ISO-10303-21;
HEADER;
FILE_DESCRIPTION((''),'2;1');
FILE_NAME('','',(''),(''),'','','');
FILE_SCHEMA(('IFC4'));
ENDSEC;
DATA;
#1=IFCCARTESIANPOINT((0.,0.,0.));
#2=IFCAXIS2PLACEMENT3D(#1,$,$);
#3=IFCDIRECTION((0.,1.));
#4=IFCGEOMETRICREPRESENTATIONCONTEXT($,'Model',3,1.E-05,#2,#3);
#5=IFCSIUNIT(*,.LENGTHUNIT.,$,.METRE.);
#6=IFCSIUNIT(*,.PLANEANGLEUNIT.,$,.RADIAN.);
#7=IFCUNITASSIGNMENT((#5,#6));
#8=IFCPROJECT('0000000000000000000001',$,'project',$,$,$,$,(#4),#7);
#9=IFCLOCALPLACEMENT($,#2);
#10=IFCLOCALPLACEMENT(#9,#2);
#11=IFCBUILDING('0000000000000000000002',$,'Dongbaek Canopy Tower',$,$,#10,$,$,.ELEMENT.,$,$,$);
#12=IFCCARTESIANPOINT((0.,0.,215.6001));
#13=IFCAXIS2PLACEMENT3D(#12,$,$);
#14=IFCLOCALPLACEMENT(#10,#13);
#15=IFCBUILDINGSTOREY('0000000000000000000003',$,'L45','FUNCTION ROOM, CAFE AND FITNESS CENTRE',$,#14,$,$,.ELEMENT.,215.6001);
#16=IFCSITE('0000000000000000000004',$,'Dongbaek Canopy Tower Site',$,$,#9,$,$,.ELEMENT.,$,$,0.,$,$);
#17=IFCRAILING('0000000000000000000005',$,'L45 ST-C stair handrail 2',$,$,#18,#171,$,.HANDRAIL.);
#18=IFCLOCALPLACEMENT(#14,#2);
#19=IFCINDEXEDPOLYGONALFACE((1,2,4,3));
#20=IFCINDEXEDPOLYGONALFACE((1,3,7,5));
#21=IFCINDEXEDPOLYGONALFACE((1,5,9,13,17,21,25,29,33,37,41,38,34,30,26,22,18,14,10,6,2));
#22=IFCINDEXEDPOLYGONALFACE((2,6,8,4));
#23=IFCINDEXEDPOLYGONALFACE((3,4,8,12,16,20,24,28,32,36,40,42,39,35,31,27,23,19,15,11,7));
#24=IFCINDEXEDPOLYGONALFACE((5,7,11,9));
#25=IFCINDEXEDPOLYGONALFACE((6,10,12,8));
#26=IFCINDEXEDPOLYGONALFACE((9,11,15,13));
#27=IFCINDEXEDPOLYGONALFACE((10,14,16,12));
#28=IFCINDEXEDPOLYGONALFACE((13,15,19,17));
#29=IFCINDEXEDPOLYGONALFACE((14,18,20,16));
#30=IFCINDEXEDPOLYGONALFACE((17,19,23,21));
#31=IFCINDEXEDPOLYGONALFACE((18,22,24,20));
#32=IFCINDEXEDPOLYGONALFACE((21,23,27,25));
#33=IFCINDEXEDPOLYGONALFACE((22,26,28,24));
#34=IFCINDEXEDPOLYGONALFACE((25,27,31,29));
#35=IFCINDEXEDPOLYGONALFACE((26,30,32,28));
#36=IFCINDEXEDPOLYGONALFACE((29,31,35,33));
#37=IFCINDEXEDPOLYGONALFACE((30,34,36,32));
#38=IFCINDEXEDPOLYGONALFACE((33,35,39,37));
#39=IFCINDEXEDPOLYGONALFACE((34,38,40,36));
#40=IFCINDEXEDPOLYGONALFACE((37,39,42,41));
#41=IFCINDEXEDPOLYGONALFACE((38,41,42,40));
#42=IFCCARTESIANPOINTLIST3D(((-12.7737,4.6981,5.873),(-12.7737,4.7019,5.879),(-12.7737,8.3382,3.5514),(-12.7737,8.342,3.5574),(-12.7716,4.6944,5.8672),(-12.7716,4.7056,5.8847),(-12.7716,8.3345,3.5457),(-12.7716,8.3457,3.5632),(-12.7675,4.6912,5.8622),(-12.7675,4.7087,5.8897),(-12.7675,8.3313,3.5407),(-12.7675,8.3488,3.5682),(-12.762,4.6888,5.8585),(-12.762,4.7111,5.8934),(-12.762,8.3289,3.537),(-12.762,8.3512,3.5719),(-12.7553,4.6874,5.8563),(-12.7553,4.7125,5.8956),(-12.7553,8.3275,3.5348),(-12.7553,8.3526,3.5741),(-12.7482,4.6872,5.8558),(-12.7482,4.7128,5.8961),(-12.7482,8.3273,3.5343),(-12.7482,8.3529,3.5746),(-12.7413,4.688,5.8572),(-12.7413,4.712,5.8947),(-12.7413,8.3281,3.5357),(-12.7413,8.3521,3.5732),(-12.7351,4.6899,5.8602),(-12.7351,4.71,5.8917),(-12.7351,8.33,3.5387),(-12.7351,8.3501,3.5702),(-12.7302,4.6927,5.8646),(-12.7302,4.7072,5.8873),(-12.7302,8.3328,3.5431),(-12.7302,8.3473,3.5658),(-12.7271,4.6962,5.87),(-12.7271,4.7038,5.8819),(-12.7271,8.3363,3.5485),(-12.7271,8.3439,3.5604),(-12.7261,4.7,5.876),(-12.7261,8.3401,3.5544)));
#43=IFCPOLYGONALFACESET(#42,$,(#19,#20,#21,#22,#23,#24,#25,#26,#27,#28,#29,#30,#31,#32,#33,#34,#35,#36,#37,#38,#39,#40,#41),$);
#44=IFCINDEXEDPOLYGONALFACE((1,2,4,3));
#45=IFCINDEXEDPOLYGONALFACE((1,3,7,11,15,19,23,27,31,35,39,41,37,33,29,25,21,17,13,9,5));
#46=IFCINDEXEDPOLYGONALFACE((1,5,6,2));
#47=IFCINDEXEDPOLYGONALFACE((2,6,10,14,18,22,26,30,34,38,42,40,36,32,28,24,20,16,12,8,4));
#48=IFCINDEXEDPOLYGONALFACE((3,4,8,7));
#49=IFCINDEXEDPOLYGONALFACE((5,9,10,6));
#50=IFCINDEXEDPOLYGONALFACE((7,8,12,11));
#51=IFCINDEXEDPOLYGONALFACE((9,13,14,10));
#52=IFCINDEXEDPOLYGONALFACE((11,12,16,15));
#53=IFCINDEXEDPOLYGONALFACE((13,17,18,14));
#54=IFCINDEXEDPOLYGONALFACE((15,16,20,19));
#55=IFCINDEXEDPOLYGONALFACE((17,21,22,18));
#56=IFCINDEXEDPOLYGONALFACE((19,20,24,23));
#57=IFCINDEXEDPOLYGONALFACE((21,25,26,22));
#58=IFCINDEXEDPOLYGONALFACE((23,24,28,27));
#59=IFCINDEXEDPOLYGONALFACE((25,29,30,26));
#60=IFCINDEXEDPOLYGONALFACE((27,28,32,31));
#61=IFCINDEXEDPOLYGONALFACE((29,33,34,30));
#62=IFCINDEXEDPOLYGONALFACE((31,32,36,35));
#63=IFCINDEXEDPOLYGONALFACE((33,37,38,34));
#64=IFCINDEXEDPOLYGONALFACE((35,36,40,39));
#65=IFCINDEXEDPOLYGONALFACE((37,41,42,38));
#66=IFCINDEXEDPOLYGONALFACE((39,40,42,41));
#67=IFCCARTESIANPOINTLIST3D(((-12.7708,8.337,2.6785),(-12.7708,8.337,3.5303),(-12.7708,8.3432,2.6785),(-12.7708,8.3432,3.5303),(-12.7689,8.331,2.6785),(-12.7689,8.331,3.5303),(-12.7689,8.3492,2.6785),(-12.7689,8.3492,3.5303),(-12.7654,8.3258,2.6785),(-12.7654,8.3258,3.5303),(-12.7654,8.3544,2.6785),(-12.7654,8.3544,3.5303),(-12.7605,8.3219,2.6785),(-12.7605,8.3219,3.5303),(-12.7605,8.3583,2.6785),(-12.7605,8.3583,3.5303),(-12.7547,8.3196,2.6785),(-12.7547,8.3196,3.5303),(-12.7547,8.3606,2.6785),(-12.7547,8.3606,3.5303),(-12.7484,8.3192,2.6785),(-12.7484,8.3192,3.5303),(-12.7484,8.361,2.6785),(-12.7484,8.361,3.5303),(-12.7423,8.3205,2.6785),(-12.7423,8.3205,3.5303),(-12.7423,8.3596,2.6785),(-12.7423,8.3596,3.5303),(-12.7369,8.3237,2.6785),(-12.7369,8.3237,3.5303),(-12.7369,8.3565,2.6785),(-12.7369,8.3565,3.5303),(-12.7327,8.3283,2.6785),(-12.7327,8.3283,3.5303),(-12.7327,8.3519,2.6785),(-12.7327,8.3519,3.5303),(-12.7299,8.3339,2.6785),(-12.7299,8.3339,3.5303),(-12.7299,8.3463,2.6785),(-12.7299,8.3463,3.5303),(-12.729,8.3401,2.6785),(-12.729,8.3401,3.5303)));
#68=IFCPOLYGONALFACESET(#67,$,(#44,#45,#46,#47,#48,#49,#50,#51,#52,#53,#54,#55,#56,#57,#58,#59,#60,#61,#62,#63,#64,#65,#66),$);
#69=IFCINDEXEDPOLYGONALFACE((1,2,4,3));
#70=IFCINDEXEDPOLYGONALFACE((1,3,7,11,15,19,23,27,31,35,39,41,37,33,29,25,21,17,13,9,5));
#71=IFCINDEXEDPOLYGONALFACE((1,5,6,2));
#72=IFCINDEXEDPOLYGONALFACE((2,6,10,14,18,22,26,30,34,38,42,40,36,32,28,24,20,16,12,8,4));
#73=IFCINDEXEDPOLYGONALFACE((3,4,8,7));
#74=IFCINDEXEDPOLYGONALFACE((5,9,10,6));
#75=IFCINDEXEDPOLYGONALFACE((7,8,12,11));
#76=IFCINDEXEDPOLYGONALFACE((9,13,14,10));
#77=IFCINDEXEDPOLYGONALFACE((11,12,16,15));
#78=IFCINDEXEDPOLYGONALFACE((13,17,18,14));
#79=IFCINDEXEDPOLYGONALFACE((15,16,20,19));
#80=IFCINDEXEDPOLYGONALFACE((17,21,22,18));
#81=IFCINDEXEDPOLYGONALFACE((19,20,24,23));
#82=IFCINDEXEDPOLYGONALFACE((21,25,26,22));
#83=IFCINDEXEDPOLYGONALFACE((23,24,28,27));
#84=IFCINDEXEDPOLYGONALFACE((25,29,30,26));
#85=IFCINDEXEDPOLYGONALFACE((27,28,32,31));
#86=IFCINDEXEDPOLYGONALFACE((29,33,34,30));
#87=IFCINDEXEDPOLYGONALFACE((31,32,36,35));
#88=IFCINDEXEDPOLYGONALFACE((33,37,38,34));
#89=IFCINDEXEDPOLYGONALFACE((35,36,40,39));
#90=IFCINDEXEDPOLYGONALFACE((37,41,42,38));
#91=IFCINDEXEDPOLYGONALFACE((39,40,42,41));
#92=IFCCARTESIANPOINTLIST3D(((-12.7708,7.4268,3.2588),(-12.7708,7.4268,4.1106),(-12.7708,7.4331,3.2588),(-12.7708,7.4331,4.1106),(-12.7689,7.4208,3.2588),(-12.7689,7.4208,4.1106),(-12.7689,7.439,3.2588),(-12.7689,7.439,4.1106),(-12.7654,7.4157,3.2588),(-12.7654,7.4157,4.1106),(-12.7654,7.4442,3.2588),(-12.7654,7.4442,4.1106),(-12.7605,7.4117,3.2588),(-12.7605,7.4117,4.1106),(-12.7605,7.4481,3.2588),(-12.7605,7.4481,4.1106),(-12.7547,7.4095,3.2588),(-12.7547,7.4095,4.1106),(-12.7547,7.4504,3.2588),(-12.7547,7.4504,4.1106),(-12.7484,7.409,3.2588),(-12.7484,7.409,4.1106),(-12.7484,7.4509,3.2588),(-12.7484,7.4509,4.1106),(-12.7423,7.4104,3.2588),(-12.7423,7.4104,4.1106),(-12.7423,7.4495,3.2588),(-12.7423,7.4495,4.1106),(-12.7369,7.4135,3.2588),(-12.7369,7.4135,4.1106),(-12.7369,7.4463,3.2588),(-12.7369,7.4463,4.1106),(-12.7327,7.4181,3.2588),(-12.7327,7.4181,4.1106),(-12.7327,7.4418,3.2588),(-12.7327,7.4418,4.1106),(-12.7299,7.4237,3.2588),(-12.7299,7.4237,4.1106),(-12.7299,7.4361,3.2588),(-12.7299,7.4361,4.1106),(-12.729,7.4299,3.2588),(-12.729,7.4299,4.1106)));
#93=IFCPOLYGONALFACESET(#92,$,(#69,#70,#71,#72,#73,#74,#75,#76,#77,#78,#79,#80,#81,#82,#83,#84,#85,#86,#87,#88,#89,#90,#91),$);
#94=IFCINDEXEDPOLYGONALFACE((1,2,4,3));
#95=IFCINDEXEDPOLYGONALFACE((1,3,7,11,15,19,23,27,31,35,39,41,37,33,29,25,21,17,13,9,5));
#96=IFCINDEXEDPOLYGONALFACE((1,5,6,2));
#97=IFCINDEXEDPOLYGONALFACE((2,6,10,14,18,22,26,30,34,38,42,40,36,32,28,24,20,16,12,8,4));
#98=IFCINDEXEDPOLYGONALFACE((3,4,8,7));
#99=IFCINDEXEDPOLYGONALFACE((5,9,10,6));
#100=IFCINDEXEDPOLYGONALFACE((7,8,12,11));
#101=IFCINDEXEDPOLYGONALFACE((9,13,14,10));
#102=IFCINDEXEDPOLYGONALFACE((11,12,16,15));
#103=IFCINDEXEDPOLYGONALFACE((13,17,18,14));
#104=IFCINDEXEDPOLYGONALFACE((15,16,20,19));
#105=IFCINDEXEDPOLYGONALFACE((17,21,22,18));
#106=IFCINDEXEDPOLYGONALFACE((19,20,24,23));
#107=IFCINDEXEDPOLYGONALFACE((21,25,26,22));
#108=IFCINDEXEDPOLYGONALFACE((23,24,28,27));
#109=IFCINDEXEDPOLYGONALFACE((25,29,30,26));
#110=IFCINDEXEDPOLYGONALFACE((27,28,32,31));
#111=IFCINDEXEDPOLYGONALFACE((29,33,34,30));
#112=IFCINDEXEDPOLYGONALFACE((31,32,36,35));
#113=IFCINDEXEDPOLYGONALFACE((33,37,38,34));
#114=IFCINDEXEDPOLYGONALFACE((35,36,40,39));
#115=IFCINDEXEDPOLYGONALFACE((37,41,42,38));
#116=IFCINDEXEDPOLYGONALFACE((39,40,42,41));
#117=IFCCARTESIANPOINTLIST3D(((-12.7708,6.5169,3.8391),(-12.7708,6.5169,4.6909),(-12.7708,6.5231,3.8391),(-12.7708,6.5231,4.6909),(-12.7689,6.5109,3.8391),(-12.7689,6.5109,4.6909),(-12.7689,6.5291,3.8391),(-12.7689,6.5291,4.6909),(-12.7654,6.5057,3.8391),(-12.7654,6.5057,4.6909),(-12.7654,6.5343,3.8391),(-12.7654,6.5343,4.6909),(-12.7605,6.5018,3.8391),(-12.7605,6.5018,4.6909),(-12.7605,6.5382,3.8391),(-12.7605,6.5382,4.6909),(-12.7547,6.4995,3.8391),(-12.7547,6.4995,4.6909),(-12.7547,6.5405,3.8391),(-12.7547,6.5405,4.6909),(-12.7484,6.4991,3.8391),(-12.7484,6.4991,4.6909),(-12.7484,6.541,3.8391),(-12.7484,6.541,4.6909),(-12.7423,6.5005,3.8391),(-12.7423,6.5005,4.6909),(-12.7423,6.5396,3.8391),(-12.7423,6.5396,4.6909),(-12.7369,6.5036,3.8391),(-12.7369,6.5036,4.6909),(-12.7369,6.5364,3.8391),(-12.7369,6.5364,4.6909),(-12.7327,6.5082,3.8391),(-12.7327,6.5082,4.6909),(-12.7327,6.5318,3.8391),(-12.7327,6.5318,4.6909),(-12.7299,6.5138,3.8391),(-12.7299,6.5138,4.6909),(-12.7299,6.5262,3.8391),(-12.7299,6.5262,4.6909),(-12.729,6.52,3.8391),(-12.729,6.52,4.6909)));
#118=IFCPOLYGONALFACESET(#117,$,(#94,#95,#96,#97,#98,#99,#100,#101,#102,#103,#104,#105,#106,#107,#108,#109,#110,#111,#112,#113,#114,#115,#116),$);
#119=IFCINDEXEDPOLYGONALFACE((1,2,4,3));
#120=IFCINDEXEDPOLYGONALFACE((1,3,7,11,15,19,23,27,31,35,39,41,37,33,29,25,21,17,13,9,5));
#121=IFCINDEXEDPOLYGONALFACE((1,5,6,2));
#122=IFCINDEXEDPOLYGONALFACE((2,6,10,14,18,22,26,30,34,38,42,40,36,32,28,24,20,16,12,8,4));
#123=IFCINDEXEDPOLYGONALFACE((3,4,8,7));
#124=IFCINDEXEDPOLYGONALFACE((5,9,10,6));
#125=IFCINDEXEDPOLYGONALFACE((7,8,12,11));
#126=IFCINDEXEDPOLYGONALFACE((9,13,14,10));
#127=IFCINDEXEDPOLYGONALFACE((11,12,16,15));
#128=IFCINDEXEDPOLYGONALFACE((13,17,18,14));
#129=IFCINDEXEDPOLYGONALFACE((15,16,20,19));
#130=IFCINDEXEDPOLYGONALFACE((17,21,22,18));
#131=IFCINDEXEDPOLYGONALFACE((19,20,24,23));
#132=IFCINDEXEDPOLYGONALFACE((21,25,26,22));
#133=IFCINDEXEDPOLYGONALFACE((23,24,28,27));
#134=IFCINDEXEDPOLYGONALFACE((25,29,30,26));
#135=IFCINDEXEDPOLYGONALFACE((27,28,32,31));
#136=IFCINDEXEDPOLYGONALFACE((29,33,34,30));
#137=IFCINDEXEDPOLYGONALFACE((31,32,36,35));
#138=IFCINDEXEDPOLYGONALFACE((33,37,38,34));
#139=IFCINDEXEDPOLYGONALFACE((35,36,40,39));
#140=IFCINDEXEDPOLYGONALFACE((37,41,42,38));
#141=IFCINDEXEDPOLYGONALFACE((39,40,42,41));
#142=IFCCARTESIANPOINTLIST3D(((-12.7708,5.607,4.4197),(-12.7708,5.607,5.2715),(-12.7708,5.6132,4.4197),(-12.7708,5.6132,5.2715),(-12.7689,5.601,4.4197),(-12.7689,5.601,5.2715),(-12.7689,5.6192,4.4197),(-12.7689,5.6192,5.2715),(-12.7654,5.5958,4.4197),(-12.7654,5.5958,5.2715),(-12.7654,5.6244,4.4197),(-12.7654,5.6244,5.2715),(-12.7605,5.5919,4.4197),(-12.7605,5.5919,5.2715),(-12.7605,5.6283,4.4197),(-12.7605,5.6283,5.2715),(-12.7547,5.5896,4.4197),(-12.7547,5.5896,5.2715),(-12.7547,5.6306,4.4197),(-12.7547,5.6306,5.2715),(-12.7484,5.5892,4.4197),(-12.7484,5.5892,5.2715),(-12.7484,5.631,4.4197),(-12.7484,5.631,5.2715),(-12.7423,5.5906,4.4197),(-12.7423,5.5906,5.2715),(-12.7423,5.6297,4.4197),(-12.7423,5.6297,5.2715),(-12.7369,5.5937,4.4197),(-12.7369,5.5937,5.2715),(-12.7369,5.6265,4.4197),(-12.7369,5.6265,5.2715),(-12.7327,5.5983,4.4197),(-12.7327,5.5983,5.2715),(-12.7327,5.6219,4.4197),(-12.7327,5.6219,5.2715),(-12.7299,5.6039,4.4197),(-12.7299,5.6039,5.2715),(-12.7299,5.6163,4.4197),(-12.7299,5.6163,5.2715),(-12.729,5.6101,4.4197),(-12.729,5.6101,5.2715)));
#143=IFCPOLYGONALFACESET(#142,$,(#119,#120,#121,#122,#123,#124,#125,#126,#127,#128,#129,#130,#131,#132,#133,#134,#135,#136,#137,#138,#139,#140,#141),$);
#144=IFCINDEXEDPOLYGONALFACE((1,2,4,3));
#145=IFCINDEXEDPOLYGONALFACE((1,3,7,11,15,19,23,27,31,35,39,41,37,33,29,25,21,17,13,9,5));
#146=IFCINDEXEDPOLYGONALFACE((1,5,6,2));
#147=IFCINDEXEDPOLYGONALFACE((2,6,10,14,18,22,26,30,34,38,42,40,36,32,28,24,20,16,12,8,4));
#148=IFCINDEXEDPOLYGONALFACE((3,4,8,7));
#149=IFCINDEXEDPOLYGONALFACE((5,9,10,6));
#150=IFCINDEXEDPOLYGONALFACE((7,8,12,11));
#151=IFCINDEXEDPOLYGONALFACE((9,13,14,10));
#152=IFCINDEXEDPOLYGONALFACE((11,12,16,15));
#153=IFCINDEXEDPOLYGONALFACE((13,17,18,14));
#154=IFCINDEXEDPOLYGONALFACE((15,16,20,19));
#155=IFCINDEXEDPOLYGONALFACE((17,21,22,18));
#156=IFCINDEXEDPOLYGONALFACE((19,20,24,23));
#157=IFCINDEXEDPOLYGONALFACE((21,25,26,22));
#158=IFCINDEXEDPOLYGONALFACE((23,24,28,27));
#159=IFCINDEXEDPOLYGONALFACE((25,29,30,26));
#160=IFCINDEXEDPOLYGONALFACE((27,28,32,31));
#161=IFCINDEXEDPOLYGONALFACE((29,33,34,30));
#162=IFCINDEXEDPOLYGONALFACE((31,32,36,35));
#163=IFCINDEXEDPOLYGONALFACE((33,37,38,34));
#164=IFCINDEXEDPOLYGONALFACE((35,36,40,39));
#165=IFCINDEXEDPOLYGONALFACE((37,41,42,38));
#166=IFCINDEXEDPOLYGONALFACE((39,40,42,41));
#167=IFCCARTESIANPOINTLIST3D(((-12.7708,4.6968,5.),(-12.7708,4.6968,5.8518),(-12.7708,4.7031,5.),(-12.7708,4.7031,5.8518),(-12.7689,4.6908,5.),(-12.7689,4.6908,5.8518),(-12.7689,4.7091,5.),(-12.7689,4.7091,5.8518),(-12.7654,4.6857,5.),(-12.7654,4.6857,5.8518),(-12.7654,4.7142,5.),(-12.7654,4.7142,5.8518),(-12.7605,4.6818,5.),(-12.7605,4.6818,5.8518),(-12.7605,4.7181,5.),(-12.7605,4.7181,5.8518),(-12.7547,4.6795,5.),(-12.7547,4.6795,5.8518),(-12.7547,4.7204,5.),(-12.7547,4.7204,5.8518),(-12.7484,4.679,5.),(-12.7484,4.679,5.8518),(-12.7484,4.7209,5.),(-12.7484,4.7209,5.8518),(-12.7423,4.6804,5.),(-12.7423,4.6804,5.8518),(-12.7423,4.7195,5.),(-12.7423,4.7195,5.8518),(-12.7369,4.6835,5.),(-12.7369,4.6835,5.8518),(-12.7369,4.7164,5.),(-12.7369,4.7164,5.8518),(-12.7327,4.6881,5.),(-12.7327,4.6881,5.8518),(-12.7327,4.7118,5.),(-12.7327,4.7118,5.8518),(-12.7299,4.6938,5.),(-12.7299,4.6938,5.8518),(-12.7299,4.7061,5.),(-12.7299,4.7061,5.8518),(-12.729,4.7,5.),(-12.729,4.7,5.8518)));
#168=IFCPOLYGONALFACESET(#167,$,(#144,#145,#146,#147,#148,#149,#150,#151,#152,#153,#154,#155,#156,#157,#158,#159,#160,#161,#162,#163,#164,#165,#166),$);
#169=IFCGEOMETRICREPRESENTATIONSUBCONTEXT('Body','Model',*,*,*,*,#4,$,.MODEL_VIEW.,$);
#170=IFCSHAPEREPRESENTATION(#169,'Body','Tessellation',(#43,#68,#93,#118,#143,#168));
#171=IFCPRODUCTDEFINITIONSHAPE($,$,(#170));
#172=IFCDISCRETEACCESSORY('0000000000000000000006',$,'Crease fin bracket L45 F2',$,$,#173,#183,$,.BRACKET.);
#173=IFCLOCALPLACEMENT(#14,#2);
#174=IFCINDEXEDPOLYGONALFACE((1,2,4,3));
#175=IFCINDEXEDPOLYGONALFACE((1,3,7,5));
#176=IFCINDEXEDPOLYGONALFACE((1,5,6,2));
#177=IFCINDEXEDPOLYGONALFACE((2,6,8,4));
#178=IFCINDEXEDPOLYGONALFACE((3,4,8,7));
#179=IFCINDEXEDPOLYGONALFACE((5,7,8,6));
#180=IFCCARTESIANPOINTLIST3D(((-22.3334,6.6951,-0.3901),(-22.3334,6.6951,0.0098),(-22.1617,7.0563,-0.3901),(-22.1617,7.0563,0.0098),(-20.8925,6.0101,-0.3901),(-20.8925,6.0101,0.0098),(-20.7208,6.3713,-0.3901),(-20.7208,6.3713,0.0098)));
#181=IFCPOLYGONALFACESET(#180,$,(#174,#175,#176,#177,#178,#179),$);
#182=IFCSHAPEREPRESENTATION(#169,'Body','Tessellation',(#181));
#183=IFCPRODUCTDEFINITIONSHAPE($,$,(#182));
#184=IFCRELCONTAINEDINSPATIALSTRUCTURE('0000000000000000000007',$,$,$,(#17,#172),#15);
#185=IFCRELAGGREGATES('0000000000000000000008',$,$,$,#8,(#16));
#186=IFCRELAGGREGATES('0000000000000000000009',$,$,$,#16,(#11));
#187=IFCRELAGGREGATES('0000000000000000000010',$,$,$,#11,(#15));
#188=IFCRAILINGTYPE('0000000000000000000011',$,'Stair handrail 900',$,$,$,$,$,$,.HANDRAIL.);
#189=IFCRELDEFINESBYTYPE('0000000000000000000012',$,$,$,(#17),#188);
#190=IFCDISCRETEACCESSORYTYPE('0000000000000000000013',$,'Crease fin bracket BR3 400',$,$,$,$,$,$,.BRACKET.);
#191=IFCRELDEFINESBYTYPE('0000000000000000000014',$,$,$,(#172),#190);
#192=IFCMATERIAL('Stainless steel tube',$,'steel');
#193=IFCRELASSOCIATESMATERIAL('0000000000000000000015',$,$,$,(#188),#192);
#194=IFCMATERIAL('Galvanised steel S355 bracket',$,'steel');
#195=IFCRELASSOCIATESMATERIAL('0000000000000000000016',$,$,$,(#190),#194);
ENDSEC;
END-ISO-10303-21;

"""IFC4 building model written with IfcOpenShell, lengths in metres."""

from ifc_helpers import new_model, si_unit, direction, frame, origin, origin_2d, place, context, subcontext, project, spatial, rectangle, circle, extrude, material, type_object, element, save


model = new_model("IFC4")

# Units and contexts
model_context = context("Model", 3, precision=1e-05, world=origin(), true_north=direction((0.0, 1.0)))
body_context = subcontext(model_context, "Body", "Model", "MODEL_VIEW")
ifc_project = project(units=[si_unit("LENGTHUNIT", "METRE"), si_unit("PLANEANGLEUNIT", "RADIAN")], contexts=[model_context])

# Site, building, storey
site_placement = place(None, origin())
site = spatial("IfcSite", under=ifc_project, at=site_placement, Name="Dongbaek Canopy Tower Site", CompositionType="ELEMENT", RefElevation=0.0)
building_placement = place(site_placement, origin())
building = spatial("IfcBuilding", under=site, at=building_placement, Name="Dongbaek Canopy Tower", CompositionType="ELEMENT")
storey_placement = place(building_placement, frame((0.0, 0.0, 215.6001)))
storey = spatial("IfcBuildingStorey", under=building, at=storey_placement, Name="L45", Description="FUNCTION ROOM, CAFE AND FITNESS CENTRE", CompositionType="ELEMENT", Elevation=215.6001)

# Railing
ifc_material_1 = material(Name="Stainless steel tube", Category="steel")
railing_type_1 = type_object("IfcRailingType", Name="Stair handrail 900", PredefinedType="HANDRAIL", material=ifc_material_1)
railing_1_placement = place(storey_placement, frame((-12.75, 8.3401, 2.6785)))
element("IfcRailing", 1, at=railing_1_placement, inside=storey, type_object=railing_type_1, Name="L45 ST-C stair handrail 2", PredefinedType="HANDRAIL", context=body_context, shape_type="SweptSolid", body=[
    extrude(circle(Radius=0.0239, at=origin_2d()), frame((0.0, 0.0, 0.876), z_axis=(0.0, -0.843128, 0.537713), x_axis=(1.0, 0.0, 0.0)), (0.0, 0.0, 1.0), 4.3174),
    extrude(circle(Radius=0.021, at=origin_2d()), origin(), (0.0, 0.0, 1.0), 0.8518),
    extrude(circle(Radius=0.021, at=origin_2d()), frame((0.0, -0.9102, 0.5803)), (0.0, 0.0, 1.0), 0.8518),
    extrude(circle(Radius=0.021, at=origin_2d()), frame((0.0, -1.8201, 1.1606)), (0.0, 0.0, 1.0), 0.8518),
    extrude(circle(Radius=0.021, at=origin_2d()), frame((0.0, -2.73, 1.7412)), (0.0, 0.0, 1.0), 0.8518),
    extrude(circle(Radius=0.021, at=origin_2d()), frame((0.0, -3.6401, 2.3215)), (0.0, 0.0, 1.0), 0.8518),
])

# Discrete accessory
ifc_material_2 = material(Name="Galvanised steel S355 bracket", Category="steel")
discrete_accessory_type = type_object("IfcDiscreteAccessoryType", Name="Crease fin bracket BR3 400", PredefinedType="BRACKET", material=ifc_material_2)
discrete_accessory_placement = place(storey_placement, frame((-21.5271, 6.5332, -0.3901), z_axis=(0.0, 0.0, 1.0), x_axis=(-0.903126, 0.429375, 0.0)))
element("IfcDiscreteAccessory", 2, at=discrete_accessory_placement, inside=storey, type_object=discrete_accessory_type, Name="Crease fin bracket L45 F2", PredefinedType="BRACKET", context=body_context, shape_type="SweptSolid", body=[
    extrude(rectangle(XDim=1.5955, YDim=0.3999, at=origin_2d()), origin(), (0.0, 0.0, 1.0), 0.3999),
])

save(model, "model.ifc")
